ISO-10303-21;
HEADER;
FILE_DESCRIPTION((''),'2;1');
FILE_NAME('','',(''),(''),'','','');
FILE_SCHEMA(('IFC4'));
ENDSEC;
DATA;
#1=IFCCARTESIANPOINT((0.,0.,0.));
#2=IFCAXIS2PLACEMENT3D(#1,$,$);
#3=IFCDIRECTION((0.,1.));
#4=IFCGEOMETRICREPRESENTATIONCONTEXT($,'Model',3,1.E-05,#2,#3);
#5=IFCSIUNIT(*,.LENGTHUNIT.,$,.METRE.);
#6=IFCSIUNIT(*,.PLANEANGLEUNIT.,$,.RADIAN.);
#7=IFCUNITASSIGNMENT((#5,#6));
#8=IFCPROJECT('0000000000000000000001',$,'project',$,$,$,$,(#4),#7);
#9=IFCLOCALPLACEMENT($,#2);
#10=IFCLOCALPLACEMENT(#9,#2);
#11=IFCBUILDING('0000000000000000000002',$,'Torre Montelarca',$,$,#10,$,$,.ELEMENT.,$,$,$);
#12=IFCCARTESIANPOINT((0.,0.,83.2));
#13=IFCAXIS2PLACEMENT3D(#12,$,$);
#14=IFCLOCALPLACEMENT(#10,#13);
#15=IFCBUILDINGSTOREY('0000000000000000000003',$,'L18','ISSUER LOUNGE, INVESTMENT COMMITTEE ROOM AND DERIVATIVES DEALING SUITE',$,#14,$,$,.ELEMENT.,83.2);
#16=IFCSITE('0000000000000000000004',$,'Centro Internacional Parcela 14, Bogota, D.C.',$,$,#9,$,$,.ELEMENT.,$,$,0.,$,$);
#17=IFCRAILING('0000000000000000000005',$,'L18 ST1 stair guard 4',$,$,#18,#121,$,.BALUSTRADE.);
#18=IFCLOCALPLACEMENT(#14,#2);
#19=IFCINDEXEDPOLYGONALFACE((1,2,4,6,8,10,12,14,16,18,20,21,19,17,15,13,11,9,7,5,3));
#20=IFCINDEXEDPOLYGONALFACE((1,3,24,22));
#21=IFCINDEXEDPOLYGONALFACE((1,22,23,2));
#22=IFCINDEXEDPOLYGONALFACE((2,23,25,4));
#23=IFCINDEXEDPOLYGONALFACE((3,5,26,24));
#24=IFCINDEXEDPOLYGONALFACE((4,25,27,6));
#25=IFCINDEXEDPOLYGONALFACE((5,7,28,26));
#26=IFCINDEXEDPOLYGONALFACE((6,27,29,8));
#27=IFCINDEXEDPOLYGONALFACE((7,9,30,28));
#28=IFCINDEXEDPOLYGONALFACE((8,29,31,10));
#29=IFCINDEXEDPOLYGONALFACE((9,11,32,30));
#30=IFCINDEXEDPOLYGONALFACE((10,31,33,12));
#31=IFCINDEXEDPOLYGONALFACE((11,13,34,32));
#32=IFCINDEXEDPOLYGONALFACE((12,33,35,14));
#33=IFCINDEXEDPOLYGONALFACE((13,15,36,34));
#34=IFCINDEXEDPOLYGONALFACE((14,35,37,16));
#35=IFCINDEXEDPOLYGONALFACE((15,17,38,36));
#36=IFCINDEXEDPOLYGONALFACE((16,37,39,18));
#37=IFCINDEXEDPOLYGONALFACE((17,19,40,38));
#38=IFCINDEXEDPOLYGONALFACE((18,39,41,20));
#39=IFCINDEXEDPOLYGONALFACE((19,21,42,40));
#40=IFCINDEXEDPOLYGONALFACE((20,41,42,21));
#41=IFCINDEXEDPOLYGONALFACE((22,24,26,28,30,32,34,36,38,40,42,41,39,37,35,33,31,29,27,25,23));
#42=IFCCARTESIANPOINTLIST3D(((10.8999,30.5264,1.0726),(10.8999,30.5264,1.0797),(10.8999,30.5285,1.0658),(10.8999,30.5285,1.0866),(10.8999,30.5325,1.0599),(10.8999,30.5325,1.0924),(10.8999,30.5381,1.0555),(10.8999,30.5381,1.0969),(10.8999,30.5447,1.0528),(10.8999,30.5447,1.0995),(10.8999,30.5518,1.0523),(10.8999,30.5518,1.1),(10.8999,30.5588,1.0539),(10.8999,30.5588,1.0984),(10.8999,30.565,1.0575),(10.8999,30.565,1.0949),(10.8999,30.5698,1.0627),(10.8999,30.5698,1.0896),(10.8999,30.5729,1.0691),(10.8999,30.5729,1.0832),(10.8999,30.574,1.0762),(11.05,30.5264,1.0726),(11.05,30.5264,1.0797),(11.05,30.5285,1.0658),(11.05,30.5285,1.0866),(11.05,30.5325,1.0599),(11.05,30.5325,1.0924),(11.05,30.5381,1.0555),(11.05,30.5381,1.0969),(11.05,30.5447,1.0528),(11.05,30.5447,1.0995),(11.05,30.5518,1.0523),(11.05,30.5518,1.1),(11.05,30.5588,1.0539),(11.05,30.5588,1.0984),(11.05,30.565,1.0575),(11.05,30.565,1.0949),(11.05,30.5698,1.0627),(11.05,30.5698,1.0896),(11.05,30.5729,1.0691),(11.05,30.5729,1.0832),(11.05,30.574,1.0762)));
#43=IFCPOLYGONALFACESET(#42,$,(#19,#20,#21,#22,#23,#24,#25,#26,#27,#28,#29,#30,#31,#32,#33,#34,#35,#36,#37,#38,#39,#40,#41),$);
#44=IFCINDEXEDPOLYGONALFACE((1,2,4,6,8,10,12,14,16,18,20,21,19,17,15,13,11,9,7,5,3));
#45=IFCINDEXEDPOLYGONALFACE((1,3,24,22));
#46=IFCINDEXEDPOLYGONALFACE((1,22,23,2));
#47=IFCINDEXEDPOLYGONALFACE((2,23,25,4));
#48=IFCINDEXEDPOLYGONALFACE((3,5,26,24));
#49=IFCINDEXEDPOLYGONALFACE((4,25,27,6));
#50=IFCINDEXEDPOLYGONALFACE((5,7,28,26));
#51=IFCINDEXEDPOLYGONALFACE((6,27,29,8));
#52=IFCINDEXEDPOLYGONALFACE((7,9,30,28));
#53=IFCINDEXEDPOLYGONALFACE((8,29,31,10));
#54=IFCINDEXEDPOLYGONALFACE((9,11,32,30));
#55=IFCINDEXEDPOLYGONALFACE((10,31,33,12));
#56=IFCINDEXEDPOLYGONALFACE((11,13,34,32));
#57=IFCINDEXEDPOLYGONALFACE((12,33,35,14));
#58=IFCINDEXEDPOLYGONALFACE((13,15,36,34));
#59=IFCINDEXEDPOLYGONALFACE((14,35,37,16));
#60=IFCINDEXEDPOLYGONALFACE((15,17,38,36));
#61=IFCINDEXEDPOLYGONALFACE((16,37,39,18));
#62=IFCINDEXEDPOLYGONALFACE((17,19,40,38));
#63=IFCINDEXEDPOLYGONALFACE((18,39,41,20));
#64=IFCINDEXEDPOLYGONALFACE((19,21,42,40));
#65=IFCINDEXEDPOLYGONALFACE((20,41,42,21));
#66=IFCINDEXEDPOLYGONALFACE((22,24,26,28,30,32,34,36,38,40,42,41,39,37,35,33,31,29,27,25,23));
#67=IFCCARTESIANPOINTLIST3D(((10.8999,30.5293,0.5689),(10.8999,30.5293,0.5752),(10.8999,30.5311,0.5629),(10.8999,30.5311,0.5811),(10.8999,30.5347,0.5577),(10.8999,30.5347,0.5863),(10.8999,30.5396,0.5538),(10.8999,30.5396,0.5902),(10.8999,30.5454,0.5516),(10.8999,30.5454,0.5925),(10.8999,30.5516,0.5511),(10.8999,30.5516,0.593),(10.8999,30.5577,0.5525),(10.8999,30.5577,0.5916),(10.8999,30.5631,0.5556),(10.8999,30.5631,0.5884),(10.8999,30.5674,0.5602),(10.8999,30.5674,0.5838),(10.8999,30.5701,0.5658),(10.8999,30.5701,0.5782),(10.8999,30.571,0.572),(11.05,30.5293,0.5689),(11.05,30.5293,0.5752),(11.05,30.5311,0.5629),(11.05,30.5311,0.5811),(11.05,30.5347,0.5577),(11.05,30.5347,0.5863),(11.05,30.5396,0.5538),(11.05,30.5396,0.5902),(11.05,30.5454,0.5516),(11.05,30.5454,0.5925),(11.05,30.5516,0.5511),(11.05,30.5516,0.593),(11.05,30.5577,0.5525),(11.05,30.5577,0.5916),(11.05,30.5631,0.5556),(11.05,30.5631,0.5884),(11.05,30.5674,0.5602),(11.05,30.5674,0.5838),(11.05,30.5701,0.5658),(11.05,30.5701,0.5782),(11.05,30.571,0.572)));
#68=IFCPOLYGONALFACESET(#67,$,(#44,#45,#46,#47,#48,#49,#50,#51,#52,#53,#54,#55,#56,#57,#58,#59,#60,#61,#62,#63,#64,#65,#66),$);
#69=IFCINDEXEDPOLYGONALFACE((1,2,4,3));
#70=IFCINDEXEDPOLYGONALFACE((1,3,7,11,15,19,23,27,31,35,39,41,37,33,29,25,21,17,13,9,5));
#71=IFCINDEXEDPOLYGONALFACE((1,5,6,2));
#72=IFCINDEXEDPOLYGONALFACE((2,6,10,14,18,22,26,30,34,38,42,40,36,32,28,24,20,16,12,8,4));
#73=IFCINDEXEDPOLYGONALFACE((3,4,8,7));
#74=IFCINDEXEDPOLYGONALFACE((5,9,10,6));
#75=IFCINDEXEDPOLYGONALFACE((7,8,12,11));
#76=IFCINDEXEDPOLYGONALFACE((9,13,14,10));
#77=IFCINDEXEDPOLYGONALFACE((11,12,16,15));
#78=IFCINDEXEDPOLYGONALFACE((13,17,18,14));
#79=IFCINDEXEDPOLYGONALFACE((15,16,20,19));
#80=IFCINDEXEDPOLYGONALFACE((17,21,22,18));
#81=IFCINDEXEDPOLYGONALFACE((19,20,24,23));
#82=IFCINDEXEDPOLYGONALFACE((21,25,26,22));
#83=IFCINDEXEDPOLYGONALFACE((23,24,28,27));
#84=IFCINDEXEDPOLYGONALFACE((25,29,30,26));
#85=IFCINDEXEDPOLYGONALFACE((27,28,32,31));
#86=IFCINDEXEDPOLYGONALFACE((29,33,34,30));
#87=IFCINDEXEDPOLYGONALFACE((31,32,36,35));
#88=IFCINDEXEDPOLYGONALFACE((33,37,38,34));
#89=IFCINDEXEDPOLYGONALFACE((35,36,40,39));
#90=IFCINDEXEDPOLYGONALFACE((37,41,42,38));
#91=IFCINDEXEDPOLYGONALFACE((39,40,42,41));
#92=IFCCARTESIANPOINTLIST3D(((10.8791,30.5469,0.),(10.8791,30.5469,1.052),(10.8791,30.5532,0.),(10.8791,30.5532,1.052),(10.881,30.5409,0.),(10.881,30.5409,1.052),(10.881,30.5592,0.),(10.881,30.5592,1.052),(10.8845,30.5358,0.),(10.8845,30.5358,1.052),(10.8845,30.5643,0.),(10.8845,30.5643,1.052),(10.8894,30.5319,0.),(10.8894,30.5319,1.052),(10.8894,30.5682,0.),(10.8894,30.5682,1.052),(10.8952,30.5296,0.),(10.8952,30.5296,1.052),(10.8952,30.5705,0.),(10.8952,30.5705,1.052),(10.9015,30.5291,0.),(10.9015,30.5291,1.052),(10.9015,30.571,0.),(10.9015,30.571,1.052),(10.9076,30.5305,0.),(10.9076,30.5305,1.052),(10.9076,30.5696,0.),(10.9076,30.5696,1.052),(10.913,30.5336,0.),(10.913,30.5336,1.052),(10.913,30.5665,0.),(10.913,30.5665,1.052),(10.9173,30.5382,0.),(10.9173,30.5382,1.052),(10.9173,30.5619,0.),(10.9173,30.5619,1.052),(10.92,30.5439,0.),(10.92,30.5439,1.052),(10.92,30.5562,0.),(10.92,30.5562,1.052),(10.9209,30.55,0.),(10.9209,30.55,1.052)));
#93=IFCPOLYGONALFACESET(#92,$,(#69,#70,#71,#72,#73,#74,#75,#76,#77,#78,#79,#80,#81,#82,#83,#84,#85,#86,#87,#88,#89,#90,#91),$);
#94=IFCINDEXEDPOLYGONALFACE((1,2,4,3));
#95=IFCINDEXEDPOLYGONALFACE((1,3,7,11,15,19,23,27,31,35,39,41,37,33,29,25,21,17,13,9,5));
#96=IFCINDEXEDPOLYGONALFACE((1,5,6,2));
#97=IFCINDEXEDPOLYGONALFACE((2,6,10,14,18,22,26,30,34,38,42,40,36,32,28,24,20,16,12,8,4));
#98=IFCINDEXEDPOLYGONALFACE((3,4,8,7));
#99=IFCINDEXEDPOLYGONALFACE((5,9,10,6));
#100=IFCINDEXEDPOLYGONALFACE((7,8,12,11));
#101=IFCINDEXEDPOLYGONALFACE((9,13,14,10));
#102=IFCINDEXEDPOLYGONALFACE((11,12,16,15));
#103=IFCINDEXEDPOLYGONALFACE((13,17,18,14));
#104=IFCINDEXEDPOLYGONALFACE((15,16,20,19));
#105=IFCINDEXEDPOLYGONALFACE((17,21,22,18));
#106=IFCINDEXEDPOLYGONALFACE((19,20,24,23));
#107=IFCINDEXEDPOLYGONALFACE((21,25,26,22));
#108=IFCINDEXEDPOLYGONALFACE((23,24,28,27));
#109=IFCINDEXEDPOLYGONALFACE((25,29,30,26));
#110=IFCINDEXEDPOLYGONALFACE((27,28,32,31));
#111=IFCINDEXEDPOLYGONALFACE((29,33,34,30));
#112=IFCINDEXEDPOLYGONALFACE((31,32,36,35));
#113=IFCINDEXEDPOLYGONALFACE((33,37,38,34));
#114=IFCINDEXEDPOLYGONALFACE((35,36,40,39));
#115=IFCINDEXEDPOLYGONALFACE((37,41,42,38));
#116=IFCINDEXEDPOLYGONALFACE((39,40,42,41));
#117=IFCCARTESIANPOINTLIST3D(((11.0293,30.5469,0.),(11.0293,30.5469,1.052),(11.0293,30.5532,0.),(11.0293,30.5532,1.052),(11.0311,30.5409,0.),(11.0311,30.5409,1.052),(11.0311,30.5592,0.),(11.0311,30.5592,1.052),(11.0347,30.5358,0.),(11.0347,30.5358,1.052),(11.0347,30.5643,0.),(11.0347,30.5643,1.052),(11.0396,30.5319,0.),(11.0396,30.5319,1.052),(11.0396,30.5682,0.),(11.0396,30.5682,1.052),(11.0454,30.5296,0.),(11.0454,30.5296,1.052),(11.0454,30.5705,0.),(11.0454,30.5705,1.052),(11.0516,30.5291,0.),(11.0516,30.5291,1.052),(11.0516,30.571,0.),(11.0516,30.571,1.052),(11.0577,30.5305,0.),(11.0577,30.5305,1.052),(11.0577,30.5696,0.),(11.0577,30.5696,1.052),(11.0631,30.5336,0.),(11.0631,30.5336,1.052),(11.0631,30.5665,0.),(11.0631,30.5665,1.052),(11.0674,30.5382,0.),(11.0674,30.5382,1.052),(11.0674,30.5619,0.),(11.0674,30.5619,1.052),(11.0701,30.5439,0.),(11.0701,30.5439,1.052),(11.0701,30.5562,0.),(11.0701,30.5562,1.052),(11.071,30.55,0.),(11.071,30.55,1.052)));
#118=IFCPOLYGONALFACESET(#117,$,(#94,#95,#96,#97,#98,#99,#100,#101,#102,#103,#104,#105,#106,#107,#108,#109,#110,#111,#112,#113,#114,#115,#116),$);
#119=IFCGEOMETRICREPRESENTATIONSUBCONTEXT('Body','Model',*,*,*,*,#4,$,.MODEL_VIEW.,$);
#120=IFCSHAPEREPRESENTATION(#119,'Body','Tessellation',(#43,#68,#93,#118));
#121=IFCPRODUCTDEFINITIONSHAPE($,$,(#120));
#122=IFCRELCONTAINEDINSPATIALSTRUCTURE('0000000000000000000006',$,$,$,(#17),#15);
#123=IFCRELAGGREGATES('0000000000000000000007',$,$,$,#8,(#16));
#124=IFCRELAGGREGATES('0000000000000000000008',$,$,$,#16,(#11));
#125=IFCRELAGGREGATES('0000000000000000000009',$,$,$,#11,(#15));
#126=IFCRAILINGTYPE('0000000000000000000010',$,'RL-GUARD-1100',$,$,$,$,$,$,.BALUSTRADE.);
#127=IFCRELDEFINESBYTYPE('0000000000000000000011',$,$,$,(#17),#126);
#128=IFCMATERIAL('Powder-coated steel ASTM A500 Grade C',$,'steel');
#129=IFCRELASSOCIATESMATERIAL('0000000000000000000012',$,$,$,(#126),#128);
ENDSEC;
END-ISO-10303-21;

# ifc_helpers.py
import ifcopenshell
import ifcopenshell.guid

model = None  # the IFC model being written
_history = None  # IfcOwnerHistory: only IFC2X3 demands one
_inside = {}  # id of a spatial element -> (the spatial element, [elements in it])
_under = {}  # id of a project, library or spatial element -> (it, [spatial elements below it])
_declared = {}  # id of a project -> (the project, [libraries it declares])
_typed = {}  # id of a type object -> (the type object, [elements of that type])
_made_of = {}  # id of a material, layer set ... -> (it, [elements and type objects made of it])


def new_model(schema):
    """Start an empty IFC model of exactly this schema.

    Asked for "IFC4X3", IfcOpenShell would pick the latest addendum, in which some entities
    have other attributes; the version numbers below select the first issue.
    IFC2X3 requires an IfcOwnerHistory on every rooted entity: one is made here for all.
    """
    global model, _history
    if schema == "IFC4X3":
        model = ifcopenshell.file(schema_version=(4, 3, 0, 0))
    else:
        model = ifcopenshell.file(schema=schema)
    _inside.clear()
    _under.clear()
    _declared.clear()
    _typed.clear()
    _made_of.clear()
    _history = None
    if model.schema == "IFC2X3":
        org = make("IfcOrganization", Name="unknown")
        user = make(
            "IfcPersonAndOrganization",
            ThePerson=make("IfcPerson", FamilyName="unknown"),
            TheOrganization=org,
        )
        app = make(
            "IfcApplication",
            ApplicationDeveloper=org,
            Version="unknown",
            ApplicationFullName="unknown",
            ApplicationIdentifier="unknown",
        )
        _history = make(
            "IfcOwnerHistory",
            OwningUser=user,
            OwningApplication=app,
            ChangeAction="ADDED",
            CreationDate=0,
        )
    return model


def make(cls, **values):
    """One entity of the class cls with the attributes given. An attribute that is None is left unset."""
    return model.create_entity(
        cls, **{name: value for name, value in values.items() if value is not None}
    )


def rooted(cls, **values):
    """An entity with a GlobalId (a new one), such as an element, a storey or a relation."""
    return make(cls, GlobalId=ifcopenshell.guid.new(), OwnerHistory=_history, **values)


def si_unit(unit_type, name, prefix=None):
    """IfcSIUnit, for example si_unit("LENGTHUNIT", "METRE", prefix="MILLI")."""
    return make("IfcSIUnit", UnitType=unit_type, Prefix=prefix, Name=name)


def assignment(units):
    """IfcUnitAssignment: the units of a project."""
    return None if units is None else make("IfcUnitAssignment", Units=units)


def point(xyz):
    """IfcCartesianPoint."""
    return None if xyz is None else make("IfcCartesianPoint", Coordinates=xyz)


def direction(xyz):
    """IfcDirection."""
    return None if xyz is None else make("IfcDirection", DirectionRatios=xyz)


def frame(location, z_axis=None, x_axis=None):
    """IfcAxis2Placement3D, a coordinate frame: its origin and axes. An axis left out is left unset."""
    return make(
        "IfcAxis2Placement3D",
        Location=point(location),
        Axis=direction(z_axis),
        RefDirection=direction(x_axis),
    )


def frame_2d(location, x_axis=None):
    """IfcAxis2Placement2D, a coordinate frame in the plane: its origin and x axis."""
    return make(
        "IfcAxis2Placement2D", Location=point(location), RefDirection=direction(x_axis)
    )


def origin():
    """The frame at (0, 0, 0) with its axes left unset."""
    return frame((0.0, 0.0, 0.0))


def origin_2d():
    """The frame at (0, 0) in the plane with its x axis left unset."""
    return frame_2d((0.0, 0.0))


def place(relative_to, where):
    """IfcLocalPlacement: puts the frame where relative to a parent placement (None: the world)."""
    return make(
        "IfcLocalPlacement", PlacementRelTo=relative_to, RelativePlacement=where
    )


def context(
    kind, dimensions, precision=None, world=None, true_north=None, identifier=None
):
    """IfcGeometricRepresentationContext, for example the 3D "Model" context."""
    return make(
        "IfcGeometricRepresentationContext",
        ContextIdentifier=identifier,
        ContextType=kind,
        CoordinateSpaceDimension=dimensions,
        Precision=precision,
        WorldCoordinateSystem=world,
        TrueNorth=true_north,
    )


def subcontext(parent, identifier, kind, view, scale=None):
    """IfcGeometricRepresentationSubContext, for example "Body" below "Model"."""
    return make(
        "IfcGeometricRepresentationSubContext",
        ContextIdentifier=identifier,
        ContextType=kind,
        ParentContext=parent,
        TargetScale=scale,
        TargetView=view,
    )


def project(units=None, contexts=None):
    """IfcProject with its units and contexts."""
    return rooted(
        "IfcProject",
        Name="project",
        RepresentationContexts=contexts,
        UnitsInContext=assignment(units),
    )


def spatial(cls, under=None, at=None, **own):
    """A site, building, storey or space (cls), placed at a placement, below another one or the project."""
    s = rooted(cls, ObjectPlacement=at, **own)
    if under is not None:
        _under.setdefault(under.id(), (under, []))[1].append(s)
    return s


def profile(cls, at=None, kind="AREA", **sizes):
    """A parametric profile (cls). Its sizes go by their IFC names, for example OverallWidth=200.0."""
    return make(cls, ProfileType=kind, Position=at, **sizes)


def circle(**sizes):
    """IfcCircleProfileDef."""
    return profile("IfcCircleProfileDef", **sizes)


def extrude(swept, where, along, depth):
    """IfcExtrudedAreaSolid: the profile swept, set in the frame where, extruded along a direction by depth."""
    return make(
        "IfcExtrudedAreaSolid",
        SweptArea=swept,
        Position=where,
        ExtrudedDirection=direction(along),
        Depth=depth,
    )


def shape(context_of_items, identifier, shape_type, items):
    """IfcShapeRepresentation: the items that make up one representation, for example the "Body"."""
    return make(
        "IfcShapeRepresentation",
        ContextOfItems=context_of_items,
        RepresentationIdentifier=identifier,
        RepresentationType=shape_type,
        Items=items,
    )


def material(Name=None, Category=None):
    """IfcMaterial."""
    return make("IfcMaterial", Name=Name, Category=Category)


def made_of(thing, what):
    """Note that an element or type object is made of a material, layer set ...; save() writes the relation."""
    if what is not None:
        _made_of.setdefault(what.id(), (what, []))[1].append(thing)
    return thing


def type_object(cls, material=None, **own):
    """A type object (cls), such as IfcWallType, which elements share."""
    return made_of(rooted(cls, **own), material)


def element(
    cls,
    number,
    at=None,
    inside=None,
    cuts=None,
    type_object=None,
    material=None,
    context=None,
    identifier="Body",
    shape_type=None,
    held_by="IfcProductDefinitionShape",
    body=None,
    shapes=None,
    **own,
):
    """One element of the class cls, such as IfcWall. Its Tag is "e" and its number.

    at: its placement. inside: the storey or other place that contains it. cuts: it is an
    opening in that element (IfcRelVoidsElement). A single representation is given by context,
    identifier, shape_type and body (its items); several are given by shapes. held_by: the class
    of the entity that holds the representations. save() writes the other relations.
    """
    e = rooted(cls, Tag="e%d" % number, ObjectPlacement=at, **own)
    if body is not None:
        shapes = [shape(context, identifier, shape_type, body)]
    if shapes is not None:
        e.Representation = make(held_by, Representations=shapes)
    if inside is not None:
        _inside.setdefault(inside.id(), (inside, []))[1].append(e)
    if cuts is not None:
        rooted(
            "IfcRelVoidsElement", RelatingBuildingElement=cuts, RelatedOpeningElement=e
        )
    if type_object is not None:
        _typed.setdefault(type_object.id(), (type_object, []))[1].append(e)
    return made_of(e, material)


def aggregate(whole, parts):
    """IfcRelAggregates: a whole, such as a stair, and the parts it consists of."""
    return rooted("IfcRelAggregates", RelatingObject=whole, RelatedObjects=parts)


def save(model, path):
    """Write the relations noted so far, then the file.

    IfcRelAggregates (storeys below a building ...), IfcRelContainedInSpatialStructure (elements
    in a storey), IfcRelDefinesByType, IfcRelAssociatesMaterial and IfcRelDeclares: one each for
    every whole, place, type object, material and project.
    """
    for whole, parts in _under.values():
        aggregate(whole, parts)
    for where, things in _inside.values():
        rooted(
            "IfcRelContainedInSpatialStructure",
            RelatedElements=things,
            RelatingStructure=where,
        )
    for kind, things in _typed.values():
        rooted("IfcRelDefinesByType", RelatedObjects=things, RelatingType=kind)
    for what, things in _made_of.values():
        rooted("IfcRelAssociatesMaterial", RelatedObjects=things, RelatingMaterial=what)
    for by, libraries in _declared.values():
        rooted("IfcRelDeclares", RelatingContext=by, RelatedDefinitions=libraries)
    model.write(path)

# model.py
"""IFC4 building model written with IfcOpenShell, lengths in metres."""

from ifc_helpers import new_model, si_unit, direction, frame, origin, origin_2d, place, context, subcontext, project, spatial, circle, extrude, material, type_object, element, save


model = new_model("IFC4")

# Units and contexts
model_context = context("Model", 3, precision=1e-05, world=origin(), true_north=direction((0.0, 1.0)))
body_context = subcontext(model_context, "Body", "Model", "MODEL_VIEW")
ifc_project = project(units=[si_unit("LENGTHUNIT", "METRE"), si_unit("PLANEANGLEUNIT", "RADIAN")], contexts=[model_context])

# Site, building, storey
site_placement = place(None, origin())
site = spatial("IfcSite", under=ifc_project, at=site_placement, Name="Centro Internacional Parcela 14, Bogota, D.C.", CompositionType="ELEMENT", RefElevation=0.0)
building_placement = place(site_placement, origin())
building = spatial("IfcBuilding", under=site, at=building_placement, Name="Torre Montelarca", CompositionType="ELEMENT")
storey_placement = place(building_placement, frame((0.0, 0.0, 83.2)))
storey = spatial("IfcBuildingStorey", under=building, at=storey_placement, Name="L18", Description="ISSUER LOUNGE, INVESTMENT COMMITTEE ROOM AND DERIVATIVES DEALING SUITE", CompositionType="ELEMENT", Elevation=83.2)

# Railing
ifc_material_1 = material(Name="Powder-coated steel ASTM A500 Grade C", Category="steel")
railing_type_1 = type_object("IfcRailingType", Name="RL-GUARD-1100", PredefinedType="BALUSTRADE", material=ifc_material_1)
railing_1_placement = place(storey_placement, frame((10.8999, 30.55, 0.0)))
element("IfcRailing", 1, at=railing_1_placement, inside=storey, type_object=railing_type_1, Name="L18 ST1 stair guard 4", PredefinedType="BALUSTRADE", context=body_context, shape_type="SweptSolid", body=[
    extrude(circle(Radius=0.0239, at=origin_2d()), frame((0.0, 0.0, 1.0762), z_axis=(1.0, 0.0, 0.0), x_axis=(0.0, 1.0, 0.0)), (0.0, 0.0, 1.0), 0.1501),
    extrude(circle(Radius=0.021, at=origin_2d()), frame((0.0, 0.0, 0.572), z_axis=(1.0, 0.0, 0.0), x_axis=(0.0, 1.0, 0.0)), (0.0, 0.0, 1.0), 0.1501),
    extrude(circle(Radius=0.021, at=origin_2d()), origin(), (0.0, 0.0, 1.0), 1.052),
    extrude(circle(Radius=0.021, at=origin_2d()), frame((0.1501, 0.0, 0.0)), (0.0, 0.0, 1.0), 1.052),
])

save(model, "model.ifc")
